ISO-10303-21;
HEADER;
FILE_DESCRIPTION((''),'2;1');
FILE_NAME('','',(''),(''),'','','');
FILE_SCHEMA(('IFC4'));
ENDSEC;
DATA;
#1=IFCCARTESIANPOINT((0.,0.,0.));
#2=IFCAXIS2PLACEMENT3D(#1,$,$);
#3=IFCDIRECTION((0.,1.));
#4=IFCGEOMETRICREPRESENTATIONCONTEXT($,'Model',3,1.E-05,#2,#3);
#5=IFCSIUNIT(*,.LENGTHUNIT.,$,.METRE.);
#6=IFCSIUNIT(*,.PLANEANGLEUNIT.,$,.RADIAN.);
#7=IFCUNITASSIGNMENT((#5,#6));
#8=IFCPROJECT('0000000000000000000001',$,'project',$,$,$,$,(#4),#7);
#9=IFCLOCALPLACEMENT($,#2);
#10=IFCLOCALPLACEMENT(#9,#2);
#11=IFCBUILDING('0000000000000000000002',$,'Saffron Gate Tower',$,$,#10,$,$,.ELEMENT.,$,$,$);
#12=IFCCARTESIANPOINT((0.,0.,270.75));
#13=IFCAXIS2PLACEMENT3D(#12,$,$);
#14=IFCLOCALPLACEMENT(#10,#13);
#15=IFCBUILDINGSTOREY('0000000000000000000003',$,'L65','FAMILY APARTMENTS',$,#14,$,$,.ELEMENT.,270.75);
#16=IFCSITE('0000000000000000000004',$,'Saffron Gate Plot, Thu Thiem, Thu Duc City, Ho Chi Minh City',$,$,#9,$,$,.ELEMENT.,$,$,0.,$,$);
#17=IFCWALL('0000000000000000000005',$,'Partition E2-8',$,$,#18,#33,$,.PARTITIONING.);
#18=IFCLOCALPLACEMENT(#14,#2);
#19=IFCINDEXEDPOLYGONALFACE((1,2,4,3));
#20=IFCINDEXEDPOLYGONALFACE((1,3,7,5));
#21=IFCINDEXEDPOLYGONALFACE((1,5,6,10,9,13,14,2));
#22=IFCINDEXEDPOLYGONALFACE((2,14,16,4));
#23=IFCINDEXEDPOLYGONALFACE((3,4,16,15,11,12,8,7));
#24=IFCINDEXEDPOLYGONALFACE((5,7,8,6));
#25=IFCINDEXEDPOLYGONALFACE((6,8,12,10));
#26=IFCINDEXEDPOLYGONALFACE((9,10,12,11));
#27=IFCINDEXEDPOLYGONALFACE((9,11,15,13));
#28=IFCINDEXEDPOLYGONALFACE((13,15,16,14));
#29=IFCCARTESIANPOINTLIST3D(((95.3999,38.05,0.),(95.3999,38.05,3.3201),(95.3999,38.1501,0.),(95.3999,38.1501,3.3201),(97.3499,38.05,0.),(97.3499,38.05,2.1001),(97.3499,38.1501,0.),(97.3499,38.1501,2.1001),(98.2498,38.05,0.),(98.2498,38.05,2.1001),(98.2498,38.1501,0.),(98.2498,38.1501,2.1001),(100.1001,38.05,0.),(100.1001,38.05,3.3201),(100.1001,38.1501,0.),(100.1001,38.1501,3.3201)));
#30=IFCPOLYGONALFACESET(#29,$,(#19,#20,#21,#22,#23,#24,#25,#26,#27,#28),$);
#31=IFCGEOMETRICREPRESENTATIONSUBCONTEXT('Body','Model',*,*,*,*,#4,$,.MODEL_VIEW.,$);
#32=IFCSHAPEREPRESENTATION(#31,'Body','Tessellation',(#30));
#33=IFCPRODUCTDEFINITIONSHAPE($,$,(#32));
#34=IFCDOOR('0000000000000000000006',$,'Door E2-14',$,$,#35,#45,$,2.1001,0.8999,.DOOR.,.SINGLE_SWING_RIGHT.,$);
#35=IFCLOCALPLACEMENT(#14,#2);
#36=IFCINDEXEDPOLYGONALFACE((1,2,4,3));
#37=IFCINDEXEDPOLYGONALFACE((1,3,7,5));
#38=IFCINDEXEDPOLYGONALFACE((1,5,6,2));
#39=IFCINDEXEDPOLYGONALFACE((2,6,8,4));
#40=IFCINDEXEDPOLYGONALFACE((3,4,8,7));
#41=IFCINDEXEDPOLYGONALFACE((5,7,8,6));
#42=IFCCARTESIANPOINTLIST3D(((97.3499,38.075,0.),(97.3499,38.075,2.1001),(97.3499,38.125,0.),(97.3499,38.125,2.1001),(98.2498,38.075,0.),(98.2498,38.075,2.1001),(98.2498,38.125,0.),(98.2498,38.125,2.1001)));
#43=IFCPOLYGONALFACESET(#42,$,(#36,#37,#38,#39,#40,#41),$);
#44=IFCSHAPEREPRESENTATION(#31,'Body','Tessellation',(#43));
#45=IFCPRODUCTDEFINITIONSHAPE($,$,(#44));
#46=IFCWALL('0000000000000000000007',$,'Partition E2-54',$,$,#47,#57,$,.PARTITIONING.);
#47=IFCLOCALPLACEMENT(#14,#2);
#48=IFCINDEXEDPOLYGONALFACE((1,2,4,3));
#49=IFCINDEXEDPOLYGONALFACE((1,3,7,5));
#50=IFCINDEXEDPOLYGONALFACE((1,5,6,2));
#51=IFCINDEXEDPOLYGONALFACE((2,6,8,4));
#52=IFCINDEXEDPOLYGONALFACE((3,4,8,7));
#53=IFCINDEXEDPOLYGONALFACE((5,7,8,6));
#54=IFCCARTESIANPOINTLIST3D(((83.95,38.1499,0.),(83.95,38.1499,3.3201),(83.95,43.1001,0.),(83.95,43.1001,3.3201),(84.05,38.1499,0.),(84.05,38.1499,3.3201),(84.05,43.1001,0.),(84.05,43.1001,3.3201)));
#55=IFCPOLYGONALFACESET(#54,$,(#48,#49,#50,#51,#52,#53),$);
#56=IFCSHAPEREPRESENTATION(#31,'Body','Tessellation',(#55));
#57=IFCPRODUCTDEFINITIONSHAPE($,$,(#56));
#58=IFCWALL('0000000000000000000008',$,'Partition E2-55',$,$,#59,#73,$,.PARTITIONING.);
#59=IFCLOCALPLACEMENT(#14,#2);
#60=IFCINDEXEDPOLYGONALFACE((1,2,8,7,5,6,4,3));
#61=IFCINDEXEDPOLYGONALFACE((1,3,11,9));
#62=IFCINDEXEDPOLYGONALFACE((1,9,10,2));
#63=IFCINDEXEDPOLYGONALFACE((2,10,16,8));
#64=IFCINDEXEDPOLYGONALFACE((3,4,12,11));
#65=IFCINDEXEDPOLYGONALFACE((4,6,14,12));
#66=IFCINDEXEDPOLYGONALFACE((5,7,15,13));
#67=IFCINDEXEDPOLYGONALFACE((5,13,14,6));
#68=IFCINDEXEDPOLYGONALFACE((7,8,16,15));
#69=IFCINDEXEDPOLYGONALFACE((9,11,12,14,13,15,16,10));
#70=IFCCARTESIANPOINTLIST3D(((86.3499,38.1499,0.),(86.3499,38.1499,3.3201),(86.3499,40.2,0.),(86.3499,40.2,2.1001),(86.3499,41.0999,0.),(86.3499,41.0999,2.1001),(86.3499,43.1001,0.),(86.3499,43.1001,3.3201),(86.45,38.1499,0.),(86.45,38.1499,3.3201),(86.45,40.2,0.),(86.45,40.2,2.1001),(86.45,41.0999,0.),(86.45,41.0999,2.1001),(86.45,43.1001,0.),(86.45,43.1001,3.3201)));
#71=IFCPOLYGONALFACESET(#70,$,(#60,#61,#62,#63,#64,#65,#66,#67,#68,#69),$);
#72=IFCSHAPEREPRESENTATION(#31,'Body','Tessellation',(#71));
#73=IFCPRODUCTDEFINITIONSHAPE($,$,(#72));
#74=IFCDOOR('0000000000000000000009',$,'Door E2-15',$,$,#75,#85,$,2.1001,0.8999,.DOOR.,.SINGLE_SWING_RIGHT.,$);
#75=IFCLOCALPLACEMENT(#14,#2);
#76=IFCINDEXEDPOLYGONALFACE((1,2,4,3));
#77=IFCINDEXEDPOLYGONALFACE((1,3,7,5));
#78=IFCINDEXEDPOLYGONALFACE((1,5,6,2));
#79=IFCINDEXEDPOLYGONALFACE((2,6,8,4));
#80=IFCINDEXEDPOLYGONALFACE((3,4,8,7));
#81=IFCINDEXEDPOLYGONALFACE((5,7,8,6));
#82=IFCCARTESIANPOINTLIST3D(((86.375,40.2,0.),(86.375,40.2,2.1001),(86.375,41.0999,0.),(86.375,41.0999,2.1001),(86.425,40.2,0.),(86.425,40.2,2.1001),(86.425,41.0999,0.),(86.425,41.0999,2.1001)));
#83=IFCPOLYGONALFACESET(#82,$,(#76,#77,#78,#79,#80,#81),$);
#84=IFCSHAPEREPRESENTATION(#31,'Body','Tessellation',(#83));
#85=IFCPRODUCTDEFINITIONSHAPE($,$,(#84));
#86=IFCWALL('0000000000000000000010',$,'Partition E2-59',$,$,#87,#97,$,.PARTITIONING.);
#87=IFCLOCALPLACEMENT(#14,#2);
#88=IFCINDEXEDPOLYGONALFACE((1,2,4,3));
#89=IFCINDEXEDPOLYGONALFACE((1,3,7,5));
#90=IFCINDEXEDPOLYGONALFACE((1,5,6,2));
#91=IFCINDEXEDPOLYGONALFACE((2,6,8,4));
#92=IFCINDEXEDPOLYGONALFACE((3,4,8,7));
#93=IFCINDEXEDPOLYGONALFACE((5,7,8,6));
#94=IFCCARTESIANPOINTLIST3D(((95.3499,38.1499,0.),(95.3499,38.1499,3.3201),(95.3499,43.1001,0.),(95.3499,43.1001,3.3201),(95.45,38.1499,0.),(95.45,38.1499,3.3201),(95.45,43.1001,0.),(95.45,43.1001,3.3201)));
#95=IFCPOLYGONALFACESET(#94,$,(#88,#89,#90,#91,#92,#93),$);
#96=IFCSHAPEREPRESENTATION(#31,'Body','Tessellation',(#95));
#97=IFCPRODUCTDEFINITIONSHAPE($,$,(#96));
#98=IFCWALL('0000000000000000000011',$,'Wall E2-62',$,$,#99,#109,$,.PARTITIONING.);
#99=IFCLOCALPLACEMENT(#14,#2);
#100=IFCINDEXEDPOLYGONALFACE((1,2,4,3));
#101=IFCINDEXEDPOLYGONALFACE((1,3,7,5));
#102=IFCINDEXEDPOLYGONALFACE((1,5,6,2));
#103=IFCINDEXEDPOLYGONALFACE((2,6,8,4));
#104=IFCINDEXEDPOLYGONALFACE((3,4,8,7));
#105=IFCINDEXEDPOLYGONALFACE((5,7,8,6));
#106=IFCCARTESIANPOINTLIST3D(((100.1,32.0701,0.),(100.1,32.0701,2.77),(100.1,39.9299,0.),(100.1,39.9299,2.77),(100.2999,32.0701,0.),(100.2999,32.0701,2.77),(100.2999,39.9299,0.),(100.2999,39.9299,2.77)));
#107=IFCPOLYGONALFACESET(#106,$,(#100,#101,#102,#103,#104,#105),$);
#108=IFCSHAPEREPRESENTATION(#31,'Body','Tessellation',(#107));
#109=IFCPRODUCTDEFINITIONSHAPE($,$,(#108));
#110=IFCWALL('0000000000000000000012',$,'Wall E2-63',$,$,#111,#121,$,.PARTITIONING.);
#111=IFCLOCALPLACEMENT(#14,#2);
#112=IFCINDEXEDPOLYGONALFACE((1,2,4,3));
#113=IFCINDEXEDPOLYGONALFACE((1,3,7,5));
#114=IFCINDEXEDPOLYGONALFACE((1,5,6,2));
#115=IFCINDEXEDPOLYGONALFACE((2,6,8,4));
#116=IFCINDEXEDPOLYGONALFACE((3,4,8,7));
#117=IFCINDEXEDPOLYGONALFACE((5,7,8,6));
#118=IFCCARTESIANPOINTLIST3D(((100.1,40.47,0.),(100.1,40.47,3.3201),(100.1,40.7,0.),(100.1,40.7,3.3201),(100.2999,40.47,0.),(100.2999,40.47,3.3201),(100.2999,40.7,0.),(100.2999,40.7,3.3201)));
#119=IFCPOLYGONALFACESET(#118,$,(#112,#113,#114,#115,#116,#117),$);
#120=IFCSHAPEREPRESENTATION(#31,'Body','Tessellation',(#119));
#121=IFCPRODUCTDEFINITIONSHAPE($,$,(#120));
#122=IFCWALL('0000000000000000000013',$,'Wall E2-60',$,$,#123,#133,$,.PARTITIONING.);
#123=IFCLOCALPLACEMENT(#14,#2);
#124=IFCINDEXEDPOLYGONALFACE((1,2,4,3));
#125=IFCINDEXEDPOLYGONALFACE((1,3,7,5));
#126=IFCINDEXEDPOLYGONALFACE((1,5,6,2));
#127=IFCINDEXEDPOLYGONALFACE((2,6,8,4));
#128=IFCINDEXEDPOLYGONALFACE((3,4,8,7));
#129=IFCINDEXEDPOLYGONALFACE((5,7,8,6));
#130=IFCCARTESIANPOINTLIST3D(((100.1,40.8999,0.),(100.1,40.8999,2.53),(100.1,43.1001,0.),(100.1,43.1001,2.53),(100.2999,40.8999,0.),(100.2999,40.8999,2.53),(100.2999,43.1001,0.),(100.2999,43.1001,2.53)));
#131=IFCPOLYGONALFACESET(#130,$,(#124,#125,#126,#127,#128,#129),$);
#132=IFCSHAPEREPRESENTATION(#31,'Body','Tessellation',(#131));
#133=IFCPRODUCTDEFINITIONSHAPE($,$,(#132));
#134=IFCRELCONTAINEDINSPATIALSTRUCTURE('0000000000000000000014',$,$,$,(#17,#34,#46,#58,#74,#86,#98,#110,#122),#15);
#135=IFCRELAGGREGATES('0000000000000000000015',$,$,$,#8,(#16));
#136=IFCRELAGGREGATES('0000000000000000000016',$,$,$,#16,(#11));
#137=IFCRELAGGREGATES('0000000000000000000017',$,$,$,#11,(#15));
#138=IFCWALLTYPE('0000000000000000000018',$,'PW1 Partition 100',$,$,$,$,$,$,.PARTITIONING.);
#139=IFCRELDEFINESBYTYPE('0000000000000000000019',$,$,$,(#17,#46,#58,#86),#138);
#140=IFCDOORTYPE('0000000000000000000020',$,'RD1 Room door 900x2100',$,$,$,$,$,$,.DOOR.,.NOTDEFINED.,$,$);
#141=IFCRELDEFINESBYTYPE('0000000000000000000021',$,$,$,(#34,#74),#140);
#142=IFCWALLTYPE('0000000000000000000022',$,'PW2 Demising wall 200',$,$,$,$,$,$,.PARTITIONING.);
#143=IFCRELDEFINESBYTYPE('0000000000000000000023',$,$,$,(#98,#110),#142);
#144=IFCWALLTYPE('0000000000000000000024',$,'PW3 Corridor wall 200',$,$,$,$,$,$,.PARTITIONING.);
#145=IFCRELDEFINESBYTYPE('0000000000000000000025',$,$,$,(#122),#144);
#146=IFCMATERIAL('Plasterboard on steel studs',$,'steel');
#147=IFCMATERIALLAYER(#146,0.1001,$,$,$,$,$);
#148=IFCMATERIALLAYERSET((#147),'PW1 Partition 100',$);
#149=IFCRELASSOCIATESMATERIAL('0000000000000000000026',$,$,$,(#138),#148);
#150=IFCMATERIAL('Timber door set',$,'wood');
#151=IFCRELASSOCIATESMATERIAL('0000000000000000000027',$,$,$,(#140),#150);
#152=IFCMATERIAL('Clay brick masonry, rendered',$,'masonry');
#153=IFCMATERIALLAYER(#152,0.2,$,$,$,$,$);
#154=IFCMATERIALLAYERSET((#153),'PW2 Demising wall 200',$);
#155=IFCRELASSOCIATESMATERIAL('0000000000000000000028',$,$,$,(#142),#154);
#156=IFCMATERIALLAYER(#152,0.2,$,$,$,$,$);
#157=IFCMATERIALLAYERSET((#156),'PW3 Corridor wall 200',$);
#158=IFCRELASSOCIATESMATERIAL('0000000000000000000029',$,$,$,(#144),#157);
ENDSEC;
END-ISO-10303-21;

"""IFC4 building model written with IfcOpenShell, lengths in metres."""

from ifc_helpers import new_model, si_unit, direction, frame, frame_2d, origin, place, context, subcontext, project, spatial, rectangle, extrude, material, layer, layer_set, type_object, element, fill, save


model = new_model("IFC4")

# Units and contexts
model_context = context("Model", 3, precision=1e-05, world=origin(), true_north=direction((0.0, 1.0)))
body_context = subcontext(model_context, "Body", "Model", "MODEL_VIEW")
ifc_project = project(units=[si_unit("LENGTHUNIT", "METRE"), si_unit("PLANEANGLEUNIT", "RADIAN")], contexts=[model_context])

# Site, building, storey
site_placement = place(None, origin())
site = spatial("IfcSite", under=ifc_project, at=site_placement, Name="Saffron Gate Plot, Thu Thiem, Thu Duc City, Ho Chi Minh City", CompositionType="ELEMENT", RefElevation=0.0)
building_placement = place(site_placement, origin())
building = spatial("IfcBuilding", under=site, at=building_placement, Name="Saffron Gate Tower", CompositionType="ELEMENT")
storey_placement = place(building_placement, frame((0.0, 0.0, 270.75)))
storey = spatial("IfcBuildingStorey", under=building, at=storey_placement, Name="L65", Description="FAMILY APARTMENTS", CompositionType="ELEMENT", Elevation=270.75)

# Wall, opening, door
ifc_material_1 = material(Name="Plasterboard on steel studs", Category="steel")
ifc_layer_1 = layer(ifc_material_1, 0.1001)
ifc_layer_set_1 = layer_set([ifc_layer_1], Name="PW1 Partition 100")
wall_type_1 = type_object("IfcWallType", Name="PW1 Partition 100", PredefinedType="PARTITIONING", material=ifc_layer_set_1)
ifc_material_2 = material(Name="Timber door set", Category="wood")
door_type = type_object("IfcDoorType", Name="RD1 Room door 900x2100", OperationType="NOTDEFINED", PredefinedType="DOOR", material=ifc_material_2)
wall_1_placement = place(storey_placement, frame((95.3999, 38.1001, 0.0), z_axis=(0.0, 0.0, 1.0), x_axis=(1.0, 0.0, 0.0)))
wall_1 = element("IfcWall", 1, at=wall_1_placement, inside=storey, type_object=wall_type_1, Name="Partition E2-8", PredefinedType="PARTITIONING", context=body_context, shape_type="SweptSolid", body=[
    extrude(rectangle(XDim=4.7002, YDim=0.1001, at=frame_2d((2.3501, 0.0))), origin(), (0.0, 0.0, 1.0), 3.3201),
])
opening_1_placement = place(wall_1_placement, frame((1.95, 0.0, 0.0)))
opening_1 = element("IfcOpeningElement", 2, at=opening_1_placement, cuts=wall_1, PredefinedType="OPENING", context=body_context, shape_type="SweptSolid", body=[
    extrude(rectangle(XDim=0.8999, YDim=2.1001, at=frame_2d((0.45, 1.05))), frame((0.0, 0.0601, 0.0), z_axis=(0.0, -1.0, 0.0), x_axis=(1.0, 0.0, 0.0)), (0.0, 0.0, 1.0), 0.1201),
])
door_1_placement = place(opening_1_placement, origin())
door_1 = element("IfcDoor", 3, at=door_1_placement, inside=storey, type_object=door_type, Name="Door E2-14", OperationType="SINGLE_SWING_RIGHT", OverallHeight=2.1001, OverallWidth=0.8999, PredefinedType="DOOR", context=body_context, shape_type="SweptSolid", body=[
    extrude(rectangle(XDim=0.8999, YDim=2.1001, at=frame_2d((0.45, 1.05))), frame((0.0, 0.0249, 0.0), z_axis=(0.0, -1.0, 0.0), x_axis=(1.0, 0.0, 0.0)), (0.0, 0.0, 1.0), 0.05),
])
fill(opening_1, door_1)

# Wall
wall_2_placement = place(storey_placement, frame((84.0, 43.1001, 0.0), z_axis=(0.0, 0.0, 1.0), x_axis=(0.0, -1.0, 0.0)))
element("IfcWall", 4, at=wall_2_placement, inside=storey, type_object=wall_type_1, Name="Partition E2-54", PredefinedType="PARTITIONING", context=body_context, shape_type="SweptSolid", body=[
    extrude(rectangle(XDim=4.9502, YDim=0.1001, at=frame_2d((2.4751, 0.0))), origin(), (0.0, 0.0, 1.0), 3.3201),
])

# Wall, opening, door
wall_3_placement = place(storey_placement, frame((86.3999, 38.1499, 0.0), z_axis=(0.0, 0.0, 1.0), x_axis=(0.0, 1.0, 0.0)))
wall_3 = element("IfcWall", 5, at=wall_3_placement, inside=storey, type_object=wall_type_1, Name="Partition E2-55", PredefinedType="PARTITIONING", context=body_context, shape_type="SweptSolid", body=[
    extrude(rectangle(XDim=4.9502, YDim=0.1001, at=frame_2d((2.4751, 0.0))), origin(), (0.0, 0.0, 1.0), 3.3201),
])
opening_2_placement = place(wall_3_placement, frame((2.05, 0.0, 0.0)))
opening_2 = element("IfcOpeningElement", 6, at=opening_2_placement, cuts=wall_3, PredefinedType="OPENING", context=body_context, shape_type="SweptSolid", body=[
    extrude(rectangle(XDim=0.8999, YDim=2.1001, at=frame_2d((0.45, 1.05))), frame((0.0, 0.0601, 0.0), z_axis=(0.0, -1.0, 0.0), x_axis=(1.0, 0.0, 0.0)), (0.0, 0.0, 1.0), 0.1201),
])
door_2_placement = place(opening_2_placement, origin())
door_2 = element("IfcDoor", 7, at=door_2_placement, inside=storey, type_object=door_type, Name="Door E2-15", OperationType="SINGLE_SWING_RIGHT", OverallHeight=2.1001, OverallWidth=0.8999, PredefinedType="DOOR", context=body_context, shape_type="SweptSolid", body=[
    extrude(rectangle(XDim=0.8999, YDim=2.1001, at=frame_2d((0.45, 1.05))), frame((0.0, 0.0249, 0.0), z_axis=(0.0, -1.0, 0.0), x_axis=(1.0, 0.0, 0.0)), (0.0, 0.0, 1.0), 0.05),
])
fill(opening_2, door_2)

# Walls
wall_4_placement = place(storey_placement, frame((95.3999, 43.1001, 0.0), z_axis=(0.0, 0.0, 1.0), x_axis=(0.0, -1.0, 0.0)))
element("IfcWall", 8, at=wall_4_placement, inside=storey, type_object=wall_type_1, Name="Partition E2-59", PredefinedType="PARTITIONING", context=body_context, shape_type="SweptSolid", body=[
    extrude(rectangle(XDim=4.9502, YDim=0.1001, at=frame_2d((2.4751, 0.0))), origin(), (0.0, 0.0, 1.0), 3.3201),
])
ifc_material_3 = material(Name="Clay brick masonry, rendered", Category="masonry")
ifc_layer_2 = layer(ifc_material_3, 0.2)
ifc_layer_set_2 = layer_set([ifc_layer_2], Name="PW2 Demising wall 200")
wall_type_2 = type_object("IfcWallType", Name="PW2 Demising wall 200", PredefinedType="PARTITIONING", material=ifc_layer_set_2)
wall_5_placement = place(storey_placement, frame((100.2, 39.9299, 0.0), z_axis=(0.0, 0.0, 1.0), x_axis=(0.0, -1.0, 0.0)))
element("IfcWall", 9, at=wall_5_placement, inside=storey, type_object=wall_type_2, Name="Wall E2-62", PredefinedType="PARTITIONING", context=body_context, shape_type="SweptSolid", body=[
    extrude(rectangle(XDim=7.8599, YDim=0.2, at=frame_2d((3.9299, 0.0))), origin(), (0.0, 0.0, 1.0), 2.77),
])
wall_6_placement = place(storey_placement, frame((100.2, 40.7, 0.0), z_axis=(0.0, 0.0, 1.0), x_axis=(0.0, -1.0, 0.0)))
element("IfcWall", 10, at=wall_6_placement, inside=storey, type_object=wall_type_2, Name="Wall E2-63", PredefinedType="PARTITIONING", context=body_context, shape_type="SweptSolid", body=[
    extrude(rectangle(XDim=0.23, YDim=0.2, at=frame_2d((0.115, 0.0))), origin(), (0.0, 0.0, 1.0), 3.3201),
])
ifc_layer_3 = layer(ifc_material_3, 0.2)
ifc_layer_set_3 = layer_set([ifc_layer_3], Name="PW3 Corridor wall 200")
wall_type_3 = type_object("IfcWallType", Name="PW3 Corridor wall 200", PredefinedType="PARTITIONING", material=ifc_layer_set_3)
wall_7_placement = place(storey_placement, frame((100.2, 43.1001, 0.0), z_axis=(0.0, 0.0, 1.0), x_axis=(0.0, -1.0, 0.0)))
element("IfcWall", 11, at=wall_7_placement, inside=storey, type_object=wall_type_3, Name="Wall E2-60", PredefinedType="PARTITIONING", context=body_context, shape_type="SweptSolid", body=[
    extrude(rectangle(XDim=2.2002, YDim=0.2, at=frame_2d((1.1001, 0.0))), origin(), (0.0, 0.0, 1.0), 2.53),
])

save(model, "model.ifc")
